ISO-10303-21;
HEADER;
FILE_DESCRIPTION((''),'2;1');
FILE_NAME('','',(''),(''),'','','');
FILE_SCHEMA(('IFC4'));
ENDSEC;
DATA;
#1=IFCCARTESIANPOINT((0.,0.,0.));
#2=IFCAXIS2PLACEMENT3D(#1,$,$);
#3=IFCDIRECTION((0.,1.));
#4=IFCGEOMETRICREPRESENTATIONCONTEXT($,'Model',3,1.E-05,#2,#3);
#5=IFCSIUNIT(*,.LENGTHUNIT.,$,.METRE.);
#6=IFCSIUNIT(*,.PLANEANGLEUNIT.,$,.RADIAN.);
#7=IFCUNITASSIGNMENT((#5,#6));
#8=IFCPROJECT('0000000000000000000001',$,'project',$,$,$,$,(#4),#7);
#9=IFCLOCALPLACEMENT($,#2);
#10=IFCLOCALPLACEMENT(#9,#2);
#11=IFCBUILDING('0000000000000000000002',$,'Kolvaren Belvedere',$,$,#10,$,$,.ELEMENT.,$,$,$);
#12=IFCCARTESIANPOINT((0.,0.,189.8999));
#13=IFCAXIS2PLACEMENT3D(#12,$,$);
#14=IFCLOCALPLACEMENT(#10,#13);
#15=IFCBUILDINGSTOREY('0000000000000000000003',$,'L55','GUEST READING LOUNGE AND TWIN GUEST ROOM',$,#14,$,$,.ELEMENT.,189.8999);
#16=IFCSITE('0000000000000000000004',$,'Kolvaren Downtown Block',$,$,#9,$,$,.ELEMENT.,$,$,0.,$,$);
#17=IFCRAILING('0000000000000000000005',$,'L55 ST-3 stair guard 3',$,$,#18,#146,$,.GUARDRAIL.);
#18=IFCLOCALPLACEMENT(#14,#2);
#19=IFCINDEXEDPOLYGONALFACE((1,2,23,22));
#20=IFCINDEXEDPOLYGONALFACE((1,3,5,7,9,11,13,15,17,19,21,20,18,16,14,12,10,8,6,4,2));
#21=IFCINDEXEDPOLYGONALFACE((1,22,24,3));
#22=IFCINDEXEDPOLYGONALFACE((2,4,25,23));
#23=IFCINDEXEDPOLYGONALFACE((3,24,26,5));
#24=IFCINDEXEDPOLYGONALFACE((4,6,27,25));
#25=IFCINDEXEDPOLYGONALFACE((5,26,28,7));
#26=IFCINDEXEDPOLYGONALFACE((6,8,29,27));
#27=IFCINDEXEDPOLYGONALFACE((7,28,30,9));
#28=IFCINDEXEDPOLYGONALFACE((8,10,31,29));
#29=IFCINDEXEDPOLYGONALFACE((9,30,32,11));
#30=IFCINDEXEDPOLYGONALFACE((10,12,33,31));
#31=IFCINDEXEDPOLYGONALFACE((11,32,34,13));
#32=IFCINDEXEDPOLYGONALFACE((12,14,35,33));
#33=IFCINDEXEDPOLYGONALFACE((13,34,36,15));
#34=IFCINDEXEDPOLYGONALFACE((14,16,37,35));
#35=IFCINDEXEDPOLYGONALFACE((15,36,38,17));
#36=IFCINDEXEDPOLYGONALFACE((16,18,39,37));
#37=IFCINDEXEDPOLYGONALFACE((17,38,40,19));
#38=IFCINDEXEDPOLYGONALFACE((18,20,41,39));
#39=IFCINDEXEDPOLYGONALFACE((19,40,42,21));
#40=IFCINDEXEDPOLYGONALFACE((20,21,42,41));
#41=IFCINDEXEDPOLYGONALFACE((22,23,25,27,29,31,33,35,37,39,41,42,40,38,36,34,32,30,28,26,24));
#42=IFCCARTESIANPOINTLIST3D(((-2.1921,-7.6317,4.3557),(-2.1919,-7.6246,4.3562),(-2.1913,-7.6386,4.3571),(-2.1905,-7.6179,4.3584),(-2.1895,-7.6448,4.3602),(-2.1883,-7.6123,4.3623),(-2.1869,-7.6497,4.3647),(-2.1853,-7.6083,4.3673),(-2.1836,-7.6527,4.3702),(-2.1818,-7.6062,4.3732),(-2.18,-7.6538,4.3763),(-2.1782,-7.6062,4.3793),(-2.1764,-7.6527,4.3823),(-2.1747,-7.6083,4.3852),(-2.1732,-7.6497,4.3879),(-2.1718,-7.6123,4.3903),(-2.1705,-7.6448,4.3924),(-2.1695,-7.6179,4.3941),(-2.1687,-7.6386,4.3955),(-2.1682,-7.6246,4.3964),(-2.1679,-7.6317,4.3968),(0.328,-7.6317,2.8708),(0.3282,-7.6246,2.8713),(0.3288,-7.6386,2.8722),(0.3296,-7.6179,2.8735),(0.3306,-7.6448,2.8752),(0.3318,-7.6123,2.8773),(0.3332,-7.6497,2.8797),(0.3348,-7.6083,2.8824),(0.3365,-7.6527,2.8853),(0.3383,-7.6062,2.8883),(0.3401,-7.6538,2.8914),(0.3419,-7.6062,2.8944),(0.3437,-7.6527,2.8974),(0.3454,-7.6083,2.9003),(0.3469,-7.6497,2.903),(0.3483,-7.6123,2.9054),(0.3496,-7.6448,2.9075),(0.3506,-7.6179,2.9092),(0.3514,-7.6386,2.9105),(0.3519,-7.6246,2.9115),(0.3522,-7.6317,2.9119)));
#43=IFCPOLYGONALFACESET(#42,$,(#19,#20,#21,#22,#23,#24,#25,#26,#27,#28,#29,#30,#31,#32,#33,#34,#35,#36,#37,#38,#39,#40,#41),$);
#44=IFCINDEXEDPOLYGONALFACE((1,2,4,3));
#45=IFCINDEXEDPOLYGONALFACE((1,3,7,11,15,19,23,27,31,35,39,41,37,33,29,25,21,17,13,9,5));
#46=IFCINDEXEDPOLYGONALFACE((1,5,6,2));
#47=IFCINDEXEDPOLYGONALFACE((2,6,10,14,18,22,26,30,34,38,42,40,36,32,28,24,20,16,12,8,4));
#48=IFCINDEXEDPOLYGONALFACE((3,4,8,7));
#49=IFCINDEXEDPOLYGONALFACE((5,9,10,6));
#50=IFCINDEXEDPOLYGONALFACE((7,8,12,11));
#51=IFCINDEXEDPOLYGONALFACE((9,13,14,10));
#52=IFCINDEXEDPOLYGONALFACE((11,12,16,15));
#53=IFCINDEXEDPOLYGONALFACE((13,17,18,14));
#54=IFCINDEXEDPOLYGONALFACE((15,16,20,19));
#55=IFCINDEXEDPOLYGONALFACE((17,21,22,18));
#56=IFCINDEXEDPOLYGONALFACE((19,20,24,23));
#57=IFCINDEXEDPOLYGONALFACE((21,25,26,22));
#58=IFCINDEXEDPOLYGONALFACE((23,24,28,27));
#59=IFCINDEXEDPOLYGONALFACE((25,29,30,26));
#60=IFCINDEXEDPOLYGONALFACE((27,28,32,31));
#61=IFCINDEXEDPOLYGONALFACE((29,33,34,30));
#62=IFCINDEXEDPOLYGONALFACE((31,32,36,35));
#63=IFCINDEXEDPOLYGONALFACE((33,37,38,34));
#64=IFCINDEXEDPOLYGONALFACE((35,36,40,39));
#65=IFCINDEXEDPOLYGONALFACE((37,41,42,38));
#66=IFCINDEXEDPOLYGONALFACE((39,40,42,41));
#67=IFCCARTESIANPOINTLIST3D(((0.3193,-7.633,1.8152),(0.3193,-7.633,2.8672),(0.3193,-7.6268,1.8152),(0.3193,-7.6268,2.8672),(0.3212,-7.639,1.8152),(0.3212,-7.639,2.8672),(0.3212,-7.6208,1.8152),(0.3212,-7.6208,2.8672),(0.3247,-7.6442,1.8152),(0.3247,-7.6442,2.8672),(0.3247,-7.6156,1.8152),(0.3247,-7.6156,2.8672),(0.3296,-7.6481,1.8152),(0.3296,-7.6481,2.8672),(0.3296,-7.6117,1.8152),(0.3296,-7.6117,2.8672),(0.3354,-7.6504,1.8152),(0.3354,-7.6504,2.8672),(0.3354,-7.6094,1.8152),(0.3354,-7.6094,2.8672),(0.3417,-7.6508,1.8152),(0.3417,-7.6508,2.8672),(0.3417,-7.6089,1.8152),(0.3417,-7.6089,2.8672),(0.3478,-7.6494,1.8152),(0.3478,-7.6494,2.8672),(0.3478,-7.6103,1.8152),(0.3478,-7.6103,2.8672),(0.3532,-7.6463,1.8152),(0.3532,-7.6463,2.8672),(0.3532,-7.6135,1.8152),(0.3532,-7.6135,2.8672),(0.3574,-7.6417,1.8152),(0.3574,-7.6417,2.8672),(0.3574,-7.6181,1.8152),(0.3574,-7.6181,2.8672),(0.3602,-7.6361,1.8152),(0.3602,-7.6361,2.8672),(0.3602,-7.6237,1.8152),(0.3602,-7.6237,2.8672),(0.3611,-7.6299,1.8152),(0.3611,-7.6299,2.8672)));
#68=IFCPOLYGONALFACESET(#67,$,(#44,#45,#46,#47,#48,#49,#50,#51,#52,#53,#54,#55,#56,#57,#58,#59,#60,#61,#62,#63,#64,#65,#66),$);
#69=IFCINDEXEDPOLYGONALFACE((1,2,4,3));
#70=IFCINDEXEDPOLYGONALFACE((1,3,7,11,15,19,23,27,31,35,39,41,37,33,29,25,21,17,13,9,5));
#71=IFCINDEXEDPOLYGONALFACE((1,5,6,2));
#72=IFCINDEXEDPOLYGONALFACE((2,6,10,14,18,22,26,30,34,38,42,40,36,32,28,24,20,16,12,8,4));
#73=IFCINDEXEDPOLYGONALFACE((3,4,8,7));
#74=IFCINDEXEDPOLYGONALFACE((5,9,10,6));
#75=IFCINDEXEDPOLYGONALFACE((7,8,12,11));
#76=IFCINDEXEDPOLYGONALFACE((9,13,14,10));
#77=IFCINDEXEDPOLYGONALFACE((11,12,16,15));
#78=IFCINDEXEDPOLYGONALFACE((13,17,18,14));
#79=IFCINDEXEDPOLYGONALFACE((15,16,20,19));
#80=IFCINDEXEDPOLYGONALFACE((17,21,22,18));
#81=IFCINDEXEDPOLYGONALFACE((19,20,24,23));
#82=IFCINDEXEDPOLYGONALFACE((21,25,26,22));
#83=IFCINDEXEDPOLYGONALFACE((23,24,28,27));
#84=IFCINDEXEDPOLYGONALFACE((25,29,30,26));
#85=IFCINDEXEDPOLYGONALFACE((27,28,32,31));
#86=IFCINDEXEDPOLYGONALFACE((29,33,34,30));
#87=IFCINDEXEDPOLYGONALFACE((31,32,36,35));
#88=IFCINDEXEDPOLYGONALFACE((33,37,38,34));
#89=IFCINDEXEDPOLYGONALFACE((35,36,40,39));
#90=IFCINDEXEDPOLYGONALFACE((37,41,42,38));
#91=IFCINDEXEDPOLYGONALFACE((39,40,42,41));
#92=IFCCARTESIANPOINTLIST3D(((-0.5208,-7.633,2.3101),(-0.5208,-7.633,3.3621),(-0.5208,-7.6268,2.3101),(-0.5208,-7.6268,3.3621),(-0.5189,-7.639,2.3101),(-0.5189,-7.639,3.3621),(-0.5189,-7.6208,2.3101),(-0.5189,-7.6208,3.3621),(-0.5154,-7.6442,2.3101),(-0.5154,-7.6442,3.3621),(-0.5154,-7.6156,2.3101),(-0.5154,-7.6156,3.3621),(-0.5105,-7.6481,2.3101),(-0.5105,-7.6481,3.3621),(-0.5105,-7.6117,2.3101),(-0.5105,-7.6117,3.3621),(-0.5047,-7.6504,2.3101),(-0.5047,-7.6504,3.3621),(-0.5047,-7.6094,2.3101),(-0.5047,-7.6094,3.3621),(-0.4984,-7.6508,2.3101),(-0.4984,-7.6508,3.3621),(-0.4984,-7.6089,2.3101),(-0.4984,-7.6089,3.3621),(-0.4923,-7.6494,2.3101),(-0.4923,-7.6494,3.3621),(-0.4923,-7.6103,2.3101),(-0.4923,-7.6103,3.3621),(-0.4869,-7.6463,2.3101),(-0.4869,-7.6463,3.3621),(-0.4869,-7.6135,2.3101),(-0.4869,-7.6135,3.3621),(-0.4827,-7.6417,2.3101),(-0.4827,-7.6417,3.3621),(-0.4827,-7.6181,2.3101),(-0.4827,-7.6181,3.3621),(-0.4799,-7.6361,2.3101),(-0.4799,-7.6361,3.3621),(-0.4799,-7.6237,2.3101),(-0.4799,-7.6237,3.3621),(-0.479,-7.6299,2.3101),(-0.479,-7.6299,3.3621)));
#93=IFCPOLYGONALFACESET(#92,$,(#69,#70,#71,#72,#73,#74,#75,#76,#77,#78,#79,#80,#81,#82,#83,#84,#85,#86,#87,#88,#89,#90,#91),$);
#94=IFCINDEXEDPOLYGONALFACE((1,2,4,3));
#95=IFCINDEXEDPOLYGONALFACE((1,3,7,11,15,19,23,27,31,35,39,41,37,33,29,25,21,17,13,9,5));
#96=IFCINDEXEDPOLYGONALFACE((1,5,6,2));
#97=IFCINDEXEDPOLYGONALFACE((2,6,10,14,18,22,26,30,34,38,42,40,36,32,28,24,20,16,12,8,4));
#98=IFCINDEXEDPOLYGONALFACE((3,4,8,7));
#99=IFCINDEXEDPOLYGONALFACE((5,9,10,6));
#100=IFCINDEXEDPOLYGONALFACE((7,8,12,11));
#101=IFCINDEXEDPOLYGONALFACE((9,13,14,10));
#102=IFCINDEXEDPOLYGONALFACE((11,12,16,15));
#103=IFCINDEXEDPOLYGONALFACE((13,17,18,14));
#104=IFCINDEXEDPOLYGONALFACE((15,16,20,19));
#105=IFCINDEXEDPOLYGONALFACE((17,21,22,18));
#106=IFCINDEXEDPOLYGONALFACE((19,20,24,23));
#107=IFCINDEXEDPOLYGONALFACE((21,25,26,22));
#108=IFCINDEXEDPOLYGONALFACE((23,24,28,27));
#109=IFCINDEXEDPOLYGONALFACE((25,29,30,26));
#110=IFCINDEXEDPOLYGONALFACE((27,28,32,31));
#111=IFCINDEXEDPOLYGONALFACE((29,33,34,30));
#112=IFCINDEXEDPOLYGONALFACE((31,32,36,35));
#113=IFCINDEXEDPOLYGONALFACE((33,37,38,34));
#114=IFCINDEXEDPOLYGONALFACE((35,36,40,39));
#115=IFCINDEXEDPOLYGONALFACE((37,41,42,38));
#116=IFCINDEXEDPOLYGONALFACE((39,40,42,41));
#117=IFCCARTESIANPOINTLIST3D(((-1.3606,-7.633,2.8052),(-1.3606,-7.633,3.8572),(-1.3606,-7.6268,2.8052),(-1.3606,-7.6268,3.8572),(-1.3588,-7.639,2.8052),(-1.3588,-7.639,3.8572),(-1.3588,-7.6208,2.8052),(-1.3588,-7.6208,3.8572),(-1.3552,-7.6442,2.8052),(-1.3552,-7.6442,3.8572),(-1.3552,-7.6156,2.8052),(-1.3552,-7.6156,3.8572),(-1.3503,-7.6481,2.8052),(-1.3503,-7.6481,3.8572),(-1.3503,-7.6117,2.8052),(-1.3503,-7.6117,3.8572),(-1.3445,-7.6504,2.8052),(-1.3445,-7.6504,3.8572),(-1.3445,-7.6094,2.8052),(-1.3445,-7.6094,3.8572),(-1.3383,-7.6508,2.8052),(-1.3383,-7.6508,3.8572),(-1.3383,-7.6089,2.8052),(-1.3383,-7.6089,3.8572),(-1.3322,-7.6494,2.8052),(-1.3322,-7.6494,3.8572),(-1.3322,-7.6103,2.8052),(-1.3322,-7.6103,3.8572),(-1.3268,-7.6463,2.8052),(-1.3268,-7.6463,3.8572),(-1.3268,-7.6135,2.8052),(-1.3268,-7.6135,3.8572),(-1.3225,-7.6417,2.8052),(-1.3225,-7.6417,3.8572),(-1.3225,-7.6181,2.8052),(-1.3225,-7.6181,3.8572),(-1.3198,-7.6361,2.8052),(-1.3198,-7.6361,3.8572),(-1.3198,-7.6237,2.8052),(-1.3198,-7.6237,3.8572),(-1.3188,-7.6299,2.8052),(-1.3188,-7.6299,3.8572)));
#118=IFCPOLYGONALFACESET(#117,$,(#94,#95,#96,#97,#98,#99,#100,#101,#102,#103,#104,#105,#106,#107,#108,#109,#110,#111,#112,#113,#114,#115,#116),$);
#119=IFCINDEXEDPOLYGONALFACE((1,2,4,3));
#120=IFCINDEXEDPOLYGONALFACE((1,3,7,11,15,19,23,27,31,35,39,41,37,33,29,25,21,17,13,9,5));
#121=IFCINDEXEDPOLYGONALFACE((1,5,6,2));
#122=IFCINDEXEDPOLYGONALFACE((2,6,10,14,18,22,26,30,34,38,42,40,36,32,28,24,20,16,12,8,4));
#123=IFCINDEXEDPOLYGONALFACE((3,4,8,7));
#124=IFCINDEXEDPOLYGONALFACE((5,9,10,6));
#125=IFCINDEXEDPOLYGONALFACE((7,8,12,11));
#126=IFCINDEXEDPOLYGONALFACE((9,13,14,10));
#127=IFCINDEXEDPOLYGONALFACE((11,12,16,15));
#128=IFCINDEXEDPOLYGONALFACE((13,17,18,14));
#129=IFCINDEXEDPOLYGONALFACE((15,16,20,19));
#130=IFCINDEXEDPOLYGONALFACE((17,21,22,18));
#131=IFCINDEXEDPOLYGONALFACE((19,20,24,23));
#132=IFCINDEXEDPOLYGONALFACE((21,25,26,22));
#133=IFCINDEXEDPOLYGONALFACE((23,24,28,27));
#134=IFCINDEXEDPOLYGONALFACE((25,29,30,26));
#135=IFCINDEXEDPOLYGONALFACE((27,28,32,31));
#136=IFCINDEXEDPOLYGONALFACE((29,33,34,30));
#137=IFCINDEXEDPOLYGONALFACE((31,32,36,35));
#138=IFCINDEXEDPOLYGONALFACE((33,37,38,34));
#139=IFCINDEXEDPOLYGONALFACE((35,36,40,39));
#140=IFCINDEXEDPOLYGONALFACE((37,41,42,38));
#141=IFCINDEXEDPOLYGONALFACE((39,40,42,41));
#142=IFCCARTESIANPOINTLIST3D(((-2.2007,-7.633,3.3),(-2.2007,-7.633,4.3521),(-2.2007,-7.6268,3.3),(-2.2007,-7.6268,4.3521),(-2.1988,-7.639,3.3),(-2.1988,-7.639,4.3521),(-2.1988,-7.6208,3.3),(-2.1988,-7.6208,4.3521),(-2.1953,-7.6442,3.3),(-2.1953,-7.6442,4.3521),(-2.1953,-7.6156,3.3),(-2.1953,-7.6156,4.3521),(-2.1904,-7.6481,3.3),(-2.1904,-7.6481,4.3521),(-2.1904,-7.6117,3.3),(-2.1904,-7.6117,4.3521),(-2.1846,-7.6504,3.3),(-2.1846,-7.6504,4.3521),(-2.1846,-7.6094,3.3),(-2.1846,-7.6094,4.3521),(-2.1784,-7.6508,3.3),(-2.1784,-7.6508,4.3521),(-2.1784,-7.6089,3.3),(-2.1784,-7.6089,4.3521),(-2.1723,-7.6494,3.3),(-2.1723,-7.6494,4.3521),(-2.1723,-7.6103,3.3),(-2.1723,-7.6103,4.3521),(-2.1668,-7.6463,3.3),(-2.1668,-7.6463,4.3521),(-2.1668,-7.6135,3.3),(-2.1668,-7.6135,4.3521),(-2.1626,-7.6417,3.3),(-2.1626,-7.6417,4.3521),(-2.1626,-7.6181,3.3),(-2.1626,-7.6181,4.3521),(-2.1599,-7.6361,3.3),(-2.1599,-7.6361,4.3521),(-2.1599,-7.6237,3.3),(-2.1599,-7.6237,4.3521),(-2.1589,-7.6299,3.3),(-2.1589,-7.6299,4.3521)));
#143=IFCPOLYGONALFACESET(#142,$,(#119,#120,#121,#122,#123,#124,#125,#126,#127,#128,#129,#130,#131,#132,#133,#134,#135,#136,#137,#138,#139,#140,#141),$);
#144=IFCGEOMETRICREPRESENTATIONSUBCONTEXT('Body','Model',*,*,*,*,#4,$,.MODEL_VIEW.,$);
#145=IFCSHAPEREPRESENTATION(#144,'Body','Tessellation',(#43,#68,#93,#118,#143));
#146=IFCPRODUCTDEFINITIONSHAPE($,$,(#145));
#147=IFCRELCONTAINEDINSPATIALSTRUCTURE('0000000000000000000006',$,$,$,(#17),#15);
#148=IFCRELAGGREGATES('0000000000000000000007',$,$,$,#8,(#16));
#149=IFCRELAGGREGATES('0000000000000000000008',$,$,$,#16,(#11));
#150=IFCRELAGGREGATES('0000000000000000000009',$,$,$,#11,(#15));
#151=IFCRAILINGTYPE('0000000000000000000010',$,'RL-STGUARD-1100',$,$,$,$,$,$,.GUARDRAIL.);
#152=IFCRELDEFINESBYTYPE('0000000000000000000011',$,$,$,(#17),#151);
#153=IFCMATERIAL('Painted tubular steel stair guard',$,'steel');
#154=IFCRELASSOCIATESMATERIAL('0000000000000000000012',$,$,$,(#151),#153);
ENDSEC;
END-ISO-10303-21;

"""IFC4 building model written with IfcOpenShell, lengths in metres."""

from ifc_helpers import new_model, si_unit, direction, frame, origin, origin_2d, place, context, subcontext, project, spatial, circle, extrude, material, type_object, element, save


model = new_model("IFC4")

# Units and contexts
model_context = context("Model", 3, precision=1e-05, world=origin(), true_north=direction((0.0, 1.0)))
body_context = subcontext(model_context, "Body", "Model", "MODEL_VIEW")
ifc_project = project(units=[si_unit("LENGTHUNIT", "METRE"), si_unit("PLANEANGLEUNIT", "RADIAN")], contexts=[model_context])

# Site, building, storey
site_placement = place(None, origin())
site = spatial("IfcSite", under=ifc_project, at=site_placement, Name="Kolvaren Downtown Block", CompositionType="ELEMENT", RefElevation=0.0)
building_placement = place(site_placement, origin())
building = spatial("IfcBuilding", under=site, at=building_placement, Name="Kolvaren Belvedere", CompositionType="ELEMENT")
storey_placement = place(building_placement, frame((0.0, 0.0, 189.8999)))
storey = spatial("IfcBuildingStorey", under=building, at=storey_placement, Name="L55", Description="GUEST READING LOUNGE AND TWIN GUEST ROOM", CompositionType="ELEMENT", Elevation=189.8999)

# Railing
ifc_material_1 = material(Name="Painted tubular steel stair guard", Category="steel")
railing_type_1 = type_object("IfcRailingType", Name="RL-STGUARD-1100", PredefinedType="GUARDRAIL", material=ifc_material_1)
railing_1_placement = place(storey_placement, frame((0.3401, -7.6299, 1.8152)))
element("IfcRailing", 1, at=railing_1_placement, inside=storey, type_object=railing_type_1, Name="L55 ST-3 stair guard 3", PredefinedType="GUARDRAIL", context=body_context, shape_type="SweptSolid", body=[
    extrude(circle(Radius=0.0239, at=origin_2d()), frame((0.0, 0.0, 1.0762), z_axis=(-0.861561, 0.0, 0.507655), x_axis=(0.0, -1.0, 0.0)), (0.0, 0.0, 1.0), 2.925),
    extrude(circle(Radius=0.021, at=origin_2d()), origin(), (0.0, 0.0, 1.0), 1.052),
    extrude(circle(Radius=0.021, at=origin_2d()), frame((-0.8401, 0.0, 0.4949)), (0.0, 0.0, 1.0), 1.052),
    extrude(circle(Radius=0.021, at=origin_2d()), frame((-1.6799, 0.0, 0.99)), (0.0, 0.0, 1.0), 1.052),
    extrude(circle(Radius=0.021, at=origin_2d()), frame((-2.52, 0.0, 1.4849)), (0.0, 0.0, 1.0), 1.052),
])

save(model, "model.ifc")
